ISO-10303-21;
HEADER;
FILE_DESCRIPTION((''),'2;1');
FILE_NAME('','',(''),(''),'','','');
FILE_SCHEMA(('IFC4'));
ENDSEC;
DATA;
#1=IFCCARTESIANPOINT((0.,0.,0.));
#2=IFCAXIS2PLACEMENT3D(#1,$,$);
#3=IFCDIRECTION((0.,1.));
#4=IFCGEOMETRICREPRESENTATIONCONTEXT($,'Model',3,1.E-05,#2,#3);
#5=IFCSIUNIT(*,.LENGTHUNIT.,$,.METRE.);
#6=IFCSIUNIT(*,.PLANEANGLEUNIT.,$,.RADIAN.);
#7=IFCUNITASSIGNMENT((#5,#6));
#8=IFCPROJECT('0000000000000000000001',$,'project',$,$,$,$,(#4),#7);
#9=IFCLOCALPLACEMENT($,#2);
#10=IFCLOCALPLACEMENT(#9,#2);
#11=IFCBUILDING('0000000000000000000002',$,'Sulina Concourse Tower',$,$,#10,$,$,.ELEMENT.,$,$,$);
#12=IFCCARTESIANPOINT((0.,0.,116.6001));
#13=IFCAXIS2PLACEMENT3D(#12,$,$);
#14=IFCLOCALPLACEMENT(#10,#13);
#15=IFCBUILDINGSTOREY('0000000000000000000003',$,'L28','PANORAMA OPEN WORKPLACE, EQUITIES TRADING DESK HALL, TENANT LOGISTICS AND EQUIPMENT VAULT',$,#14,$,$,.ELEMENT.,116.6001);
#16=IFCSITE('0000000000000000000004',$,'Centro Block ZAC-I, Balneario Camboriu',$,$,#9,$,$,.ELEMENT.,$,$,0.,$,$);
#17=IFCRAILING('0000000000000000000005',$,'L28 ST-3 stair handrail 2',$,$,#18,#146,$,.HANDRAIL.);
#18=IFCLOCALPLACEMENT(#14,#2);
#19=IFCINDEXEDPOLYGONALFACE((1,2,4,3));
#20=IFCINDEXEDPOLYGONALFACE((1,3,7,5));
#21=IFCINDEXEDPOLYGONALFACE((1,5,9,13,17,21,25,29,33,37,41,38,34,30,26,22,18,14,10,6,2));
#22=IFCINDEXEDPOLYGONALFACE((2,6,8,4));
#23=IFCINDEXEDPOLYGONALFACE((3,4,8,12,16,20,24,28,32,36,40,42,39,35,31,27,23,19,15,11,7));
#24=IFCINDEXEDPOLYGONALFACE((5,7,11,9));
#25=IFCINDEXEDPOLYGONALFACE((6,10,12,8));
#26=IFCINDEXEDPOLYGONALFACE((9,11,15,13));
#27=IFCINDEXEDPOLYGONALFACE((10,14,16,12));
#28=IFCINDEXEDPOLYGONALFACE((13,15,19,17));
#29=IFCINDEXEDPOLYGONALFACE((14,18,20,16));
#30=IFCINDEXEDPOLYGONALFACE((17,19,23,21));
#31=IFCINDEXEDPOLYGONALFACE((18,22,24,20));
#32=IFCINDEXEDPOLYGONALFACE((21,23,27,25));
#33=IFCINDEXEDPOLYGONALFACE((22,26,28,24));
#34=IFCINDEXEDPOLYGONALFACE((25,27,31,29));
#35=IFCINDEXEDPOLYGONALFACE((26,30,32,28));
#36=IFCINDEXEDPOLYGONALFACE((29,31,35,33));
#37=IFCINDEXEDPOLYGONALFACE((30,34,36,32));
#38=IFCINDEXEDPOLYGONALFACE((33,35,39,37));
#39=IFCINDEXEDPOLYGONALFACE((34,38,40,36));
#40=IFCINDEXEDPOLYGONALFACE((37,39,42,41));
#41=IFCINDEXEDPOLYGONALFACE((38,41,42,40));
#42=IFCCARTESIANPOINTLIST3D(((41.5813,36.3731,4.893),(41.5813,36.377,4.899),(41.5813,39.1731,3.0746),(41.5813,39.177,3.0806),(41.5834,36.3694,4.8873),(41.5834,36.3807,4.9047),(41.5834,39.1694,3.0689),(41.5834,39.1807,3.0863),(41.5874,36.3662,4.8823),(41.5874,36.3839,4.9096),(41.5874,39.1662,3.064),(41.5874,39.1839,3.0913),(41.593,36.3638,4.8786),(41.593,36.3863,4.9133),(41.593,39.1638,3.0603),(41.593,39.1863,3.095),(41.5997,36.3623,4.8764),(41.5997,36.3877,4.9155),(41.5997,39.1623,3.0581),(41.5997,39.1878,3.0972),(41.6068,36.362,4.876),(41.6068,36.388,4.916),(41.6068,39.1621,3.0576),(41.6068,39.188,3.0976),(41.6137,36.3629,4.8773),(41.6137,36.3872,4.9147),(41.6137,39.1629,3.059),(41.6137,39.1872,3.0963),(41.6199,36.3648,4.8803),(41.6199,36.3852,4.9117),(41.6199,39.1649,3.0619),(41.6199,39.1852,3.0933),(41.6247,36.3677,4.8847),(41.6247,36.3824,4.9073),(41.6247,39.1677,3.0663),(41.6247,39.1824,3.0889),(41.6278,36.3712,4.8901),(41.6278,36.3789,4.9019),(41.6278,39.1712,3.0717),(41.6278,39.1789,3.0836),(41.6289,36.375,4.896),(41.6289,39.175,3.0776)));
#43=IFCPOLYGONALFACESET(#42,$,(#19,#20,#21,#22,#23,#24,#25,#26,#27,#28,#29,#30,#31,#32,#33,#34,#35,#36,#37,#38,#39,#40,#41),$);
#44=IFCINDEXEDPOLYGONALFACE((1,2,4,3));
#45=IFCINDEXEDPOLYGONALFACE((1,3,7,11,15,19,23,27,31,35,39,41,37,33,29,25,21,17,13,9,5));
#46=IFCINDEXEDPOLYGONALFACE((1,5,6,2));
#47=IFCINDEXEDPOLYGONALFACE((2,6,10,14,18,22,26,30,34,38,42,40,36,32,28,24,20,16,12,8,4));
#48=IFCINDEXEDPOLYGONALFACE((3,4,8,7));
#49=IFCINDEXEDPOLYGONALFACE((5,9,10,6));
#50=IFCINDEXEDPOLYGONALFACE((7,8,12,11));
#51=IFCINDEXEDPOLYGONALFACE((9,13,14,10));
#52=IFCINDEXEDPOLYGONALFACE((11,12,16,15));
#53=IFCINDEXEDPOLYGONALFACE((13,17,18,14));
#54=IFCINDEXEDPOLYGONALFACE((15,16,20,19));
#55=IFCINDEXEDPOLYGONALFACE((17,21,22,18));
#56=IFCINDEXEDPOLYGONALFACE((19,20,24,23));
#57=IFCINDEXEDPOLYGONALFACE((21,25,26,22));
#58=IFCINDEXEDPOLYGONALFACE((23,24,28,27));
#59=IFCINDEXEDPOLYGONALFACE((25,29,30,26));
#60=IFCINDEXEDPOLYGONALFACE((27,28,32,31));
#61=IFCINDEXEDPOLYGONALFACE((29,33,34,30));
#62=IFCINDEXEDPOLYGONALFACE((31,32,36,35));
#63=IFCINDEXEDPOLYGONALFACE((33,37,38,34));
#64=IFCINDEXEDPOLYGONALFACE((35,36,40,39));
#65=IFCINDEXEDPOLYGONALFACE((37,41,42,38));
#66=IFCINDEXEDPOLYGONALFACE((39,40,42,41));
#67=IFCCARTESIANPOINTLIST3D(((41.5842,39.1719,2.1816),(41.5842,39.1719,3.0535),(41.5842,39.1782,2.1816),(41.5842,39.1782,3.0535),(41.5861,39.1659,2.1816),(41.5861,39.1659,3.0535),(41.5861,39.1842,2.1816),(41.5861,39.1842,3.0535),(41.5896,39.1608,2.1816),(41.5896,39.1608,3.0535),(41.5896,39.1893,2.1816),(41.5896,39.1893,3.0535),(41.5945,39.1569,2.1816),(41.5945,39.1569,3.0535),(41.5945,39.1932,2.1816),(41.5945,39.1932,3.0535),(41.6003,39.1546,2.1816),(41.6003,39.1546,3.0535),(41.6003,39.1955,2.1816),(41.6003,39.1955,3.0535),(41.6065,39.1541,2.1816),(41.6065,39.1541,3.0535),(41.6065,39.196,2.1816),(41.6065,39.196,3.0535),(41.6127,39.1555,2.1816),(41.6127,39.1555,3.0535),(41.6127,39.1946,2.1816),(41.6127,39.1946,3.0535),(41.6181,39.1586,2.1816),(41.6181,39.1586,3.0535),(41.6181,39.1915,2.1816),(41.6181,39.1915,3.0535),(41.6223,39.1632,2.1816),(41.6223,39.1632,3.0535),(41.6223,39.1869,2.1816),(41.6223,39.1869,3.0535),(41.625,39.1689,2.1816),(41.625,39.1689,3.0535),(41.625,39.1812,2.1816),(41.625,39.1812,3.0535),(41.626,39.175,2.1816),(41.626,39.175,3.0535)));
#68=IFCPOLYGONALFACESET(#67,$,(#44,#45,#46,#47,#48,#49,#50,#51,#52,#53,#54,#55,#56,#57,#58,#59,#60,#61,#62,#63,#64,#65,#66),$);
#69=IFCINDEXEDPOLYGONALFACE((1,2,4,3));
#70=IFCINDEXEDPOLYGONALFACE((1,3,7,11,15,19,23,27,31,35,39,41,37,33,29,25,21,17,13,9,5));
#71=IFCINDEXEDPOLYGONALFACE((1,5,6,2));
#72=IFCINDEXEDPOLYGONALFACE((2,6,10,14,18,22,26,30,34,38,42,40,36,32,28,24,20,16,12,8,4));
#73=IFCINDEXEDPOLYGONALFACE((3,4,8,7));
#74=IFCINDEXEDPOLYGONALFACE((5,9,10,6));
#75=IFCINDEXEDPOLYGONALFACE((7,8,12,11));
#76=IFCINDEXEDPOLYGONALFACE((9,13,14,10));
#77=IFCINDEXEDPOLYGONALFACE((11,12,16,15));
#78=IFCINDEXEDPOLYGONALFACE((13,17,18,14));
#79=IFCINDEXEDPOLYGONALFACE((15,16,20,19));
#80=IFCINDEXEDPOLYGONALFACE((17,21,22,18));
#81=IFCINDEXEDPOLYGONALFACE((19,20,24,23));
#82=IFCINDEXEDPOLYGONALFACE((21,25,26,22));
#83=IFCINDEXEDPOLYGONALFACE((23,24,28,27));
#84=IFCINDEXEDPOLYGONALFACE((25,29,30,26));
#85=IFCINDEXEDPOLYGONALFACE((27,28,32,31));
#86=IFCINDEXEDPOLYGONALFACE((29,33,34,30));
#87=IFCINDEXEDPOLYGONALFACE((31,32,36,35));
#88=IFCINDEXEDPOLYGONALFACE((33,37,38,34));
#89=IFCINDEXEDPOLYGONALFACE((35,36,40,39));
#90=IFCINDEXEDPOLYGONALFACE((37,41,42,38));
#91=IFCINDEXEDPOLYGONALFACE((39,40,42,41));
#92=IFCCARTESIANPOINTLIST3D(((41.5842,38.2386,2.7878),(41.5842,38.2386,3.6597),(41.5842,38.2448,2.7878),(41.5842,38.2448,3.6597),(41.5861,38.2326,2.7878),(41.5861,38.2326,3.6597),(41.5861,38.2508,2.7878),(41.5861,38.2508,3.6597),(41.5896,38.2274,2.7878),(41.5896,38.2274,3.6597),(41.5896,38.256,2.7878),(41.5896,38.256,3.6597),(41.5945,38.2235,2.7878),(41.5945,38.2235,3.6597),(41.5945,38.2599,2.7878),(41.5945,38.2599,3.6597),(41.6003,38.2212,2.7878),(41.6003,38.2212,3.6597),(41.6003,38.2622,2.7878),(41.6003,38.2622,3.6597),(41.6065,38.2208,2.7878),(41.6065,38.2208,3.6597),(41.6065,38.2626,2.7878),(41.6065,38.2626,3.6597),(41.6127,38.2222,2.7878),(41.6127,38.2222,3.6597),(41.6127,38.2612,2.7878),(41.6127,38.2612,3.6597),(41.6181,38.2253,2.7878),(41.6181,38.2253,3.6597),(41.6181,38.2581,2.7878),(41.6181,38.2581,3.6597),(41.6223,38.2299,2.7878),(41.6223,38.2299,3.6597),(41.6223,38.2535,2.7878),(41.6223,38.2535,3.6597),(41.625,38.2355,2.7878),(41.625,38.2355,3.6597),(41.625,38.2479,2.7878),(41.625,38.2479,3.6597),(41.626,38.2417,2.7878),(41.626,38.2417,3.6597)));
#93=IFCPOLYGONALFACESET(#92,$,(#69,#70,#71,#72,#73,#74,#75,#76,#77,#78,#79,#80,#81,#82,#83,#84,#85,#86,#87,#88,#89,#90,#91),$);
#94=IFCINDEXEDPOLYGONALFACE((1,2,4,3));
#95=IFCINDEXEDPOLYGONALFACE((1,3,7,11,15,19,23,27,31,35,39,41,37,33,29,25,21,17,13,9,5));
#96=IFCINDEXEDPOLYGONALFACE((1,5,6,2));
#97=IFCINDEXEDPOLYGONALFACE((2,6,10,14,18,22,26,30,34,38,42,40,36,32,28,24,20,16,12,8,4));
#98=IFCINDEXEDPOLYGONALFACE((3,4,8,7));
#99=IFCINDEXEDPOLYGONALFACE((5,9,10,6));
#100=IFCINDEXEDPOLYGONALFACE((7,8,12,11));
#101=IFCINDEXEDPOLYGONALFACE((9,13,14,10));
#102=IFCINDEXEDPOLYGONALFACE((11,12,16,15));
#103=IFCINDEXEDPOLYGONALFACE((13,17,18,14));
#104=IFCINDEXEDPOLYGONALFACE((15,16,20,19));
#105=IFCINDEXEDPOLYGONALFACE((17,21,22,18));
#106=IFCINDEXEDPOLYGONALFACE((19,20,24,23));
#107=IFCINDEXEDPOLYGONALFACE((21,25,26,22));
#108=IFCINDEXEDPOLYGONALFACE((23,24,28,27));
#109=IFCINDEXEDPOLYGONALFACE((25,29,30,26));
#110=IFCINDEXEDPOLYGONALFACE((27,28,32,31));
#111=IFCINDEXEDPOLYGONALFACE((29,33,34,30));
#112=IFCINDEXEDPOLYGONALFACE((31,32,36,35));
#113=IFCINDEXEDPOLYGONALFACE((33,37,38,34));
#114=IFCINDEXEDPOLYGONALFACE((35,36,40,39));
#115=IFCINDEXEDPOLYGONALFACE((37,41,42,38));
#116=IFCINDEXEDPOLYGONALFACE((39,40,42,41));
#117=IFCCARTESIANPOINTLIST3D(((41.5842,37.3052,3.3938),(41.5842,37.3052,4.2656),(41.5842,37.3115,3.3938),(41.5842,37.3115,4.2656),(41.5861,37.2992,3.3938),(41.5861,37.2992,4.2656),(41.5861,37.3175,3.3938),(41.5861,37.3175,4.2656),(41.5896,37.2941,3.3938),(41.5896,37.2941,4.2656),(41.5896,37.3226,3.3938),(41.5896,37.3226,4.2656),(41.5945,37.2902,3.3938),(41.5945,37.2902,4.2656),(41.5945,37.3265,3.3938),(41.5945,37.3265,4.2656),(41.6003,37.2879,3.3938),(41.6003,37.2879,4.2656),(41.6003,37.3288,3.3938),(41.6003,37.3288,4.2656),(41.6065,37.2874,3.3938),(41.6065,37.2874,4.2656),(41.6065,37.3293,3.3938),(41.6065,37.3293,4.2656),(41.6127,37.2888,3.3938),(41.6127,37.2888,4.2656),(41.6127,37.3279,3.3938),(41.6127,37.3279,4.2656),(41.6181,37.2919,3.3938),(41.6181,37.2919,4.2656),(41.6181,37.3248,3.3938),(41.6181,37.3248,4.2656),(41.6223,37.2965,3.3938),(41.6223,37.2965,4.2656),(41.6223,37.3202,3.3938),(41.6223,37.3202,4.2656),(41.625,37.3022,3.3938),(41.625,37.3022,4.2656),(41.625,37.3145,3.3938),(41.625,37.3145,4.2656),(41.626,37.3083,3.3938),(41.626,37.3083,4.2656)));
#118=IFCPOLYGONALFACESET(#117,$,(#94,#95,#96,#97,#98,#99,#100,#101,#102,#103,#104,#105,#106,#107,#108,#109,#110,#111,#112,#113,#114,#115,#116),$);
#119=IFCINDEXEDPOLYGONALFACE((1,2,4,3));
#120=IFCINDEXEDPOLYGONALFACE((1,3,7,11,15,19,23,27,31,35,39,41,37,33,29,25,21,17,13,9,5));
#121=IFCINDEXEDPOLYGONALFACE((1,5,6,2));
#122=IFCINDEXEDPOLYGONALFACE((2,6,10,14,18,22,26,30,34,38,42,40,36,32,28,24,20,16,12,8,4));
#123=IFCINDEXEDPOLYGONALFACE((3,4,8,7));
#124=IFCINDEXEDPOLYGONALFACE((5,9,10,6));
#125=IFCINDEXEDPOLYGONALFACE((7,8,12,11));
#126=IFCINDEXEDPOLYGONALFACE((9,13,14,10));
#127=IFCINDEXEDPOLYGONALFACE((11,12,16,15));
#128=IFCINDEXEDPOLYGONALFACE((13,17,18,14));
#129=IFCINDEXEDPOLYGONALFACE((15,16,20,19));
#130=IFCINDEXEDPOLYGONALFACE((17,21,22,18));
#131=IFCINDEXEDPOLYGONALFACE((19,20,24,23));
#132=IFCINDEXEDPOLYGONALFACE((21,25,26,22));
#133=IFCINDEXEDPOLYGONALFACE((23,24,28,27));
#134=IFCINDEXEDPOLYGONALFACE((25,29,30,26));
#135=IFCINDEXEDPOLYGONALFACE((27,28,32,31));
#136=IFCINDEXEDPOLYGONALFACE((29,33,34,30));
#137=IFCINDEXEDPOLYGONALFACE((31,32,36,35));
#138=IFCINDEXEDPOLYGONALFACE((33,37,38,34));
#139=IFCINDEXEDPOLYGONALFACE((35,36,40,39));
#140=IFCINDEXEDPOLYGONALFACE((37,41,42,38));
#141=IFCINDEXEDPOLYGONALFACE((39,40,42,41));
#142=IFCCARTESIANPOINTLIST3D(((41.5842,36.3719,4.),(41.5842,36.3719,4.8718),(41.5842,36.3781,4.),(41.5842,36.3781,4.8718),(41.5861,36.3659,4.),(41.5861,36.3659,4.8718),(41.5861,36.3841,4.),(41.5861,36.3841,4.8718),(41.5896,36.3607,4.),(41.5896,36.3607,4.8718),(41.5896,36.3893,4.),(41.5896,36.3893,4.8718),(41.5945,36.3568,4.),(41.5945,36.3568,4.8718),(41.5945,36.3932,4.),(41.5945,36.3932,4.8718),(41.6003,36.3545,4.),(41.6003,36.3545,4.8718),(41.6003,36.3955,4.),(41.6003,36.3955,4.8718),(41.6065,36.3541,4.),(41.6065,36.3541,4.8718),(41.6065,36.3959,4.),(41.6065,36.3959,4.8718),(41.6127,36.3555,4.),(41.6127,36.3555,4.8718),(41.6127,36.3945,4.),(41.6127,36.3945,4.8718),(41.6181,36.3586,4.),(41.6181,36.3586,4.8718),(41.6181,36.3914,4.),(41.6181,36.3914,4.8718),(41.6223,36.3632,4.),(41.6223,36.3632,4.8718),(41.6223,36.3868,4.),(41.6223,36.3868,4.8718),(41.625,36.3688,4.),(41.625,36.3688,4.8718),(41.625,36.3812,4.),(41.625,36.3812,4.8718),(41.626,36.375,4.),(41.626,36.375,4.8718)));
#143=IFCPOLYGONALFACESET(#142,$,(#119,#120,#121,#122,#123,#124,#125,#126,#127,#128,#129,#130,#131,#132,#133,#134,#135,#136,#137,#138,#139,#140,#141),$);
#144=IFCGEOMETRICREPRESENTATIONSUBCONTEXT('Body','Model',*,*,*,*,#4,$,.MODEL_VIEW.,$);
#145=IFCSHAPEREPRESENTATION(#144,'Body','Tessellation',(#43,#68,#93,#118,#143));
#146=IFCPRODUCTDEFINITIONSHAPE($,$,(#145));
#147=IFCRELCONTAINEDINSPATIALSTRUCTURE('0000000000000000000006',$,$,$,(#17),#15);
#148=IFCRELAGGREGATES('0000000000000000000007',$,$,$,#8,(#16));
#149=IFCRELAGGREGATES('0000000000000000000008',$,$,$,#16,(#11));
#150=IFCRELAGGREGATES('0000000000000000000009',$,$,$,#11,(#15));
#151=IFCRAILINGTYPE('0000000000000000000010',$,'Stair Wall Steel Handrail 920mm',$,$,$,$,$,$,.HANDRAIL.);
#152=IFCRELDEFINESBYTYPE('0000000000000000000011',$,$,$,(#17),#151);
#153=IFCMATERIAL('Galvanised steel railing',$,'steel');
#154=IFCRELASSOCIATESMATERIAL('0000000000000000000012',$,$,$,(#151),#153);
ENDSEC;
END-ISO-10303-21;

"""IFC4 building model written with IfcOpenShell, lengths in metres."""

from ifc_helpers import new_model, si_unit, direction, frame, origin, origin_2d, place, context, subcontext, project, spatial, circle, extrude, material, type_object, element, save


model = new_model("IFC4")

# Units and contexts
model_context = context("Model", 3, precision=1e-05, world=origin(), true_north=direction((0.0, 1.0)))
body_context = subcontext(model_context, "Body", "Model", "MODEL_VIEW")
ifc_project = project(units=[si_unit("LENGTHUNIT", "METRE"), si_unit("PLANEANGLEUNIT", "RADIAN")], contexts=[model_context])

# Site, building, storey
site_placement = place(None, origin())
site = spatial("IfcSite", under=ifc_project, at=site_placement, Name="Centro Block ZAC-I, Balneario Camboriu", CompositionType="ELEMENT", RefElevation=0.0)
building_placement = place(site_placement, origin())
building = spatial("IfcBuilding", under=site, at=building_placement, Name="Sulina Concourse Tower", CompositionType="ELEMENT")
storey_placement = place(building_placement, frame((0.0, 0.0, 116.6001)))
storey = spatial("IfcBuildingStorey", under=building, at=storey_placement, Name="L28", Description="PANORAMA OPEN WORKPLACE, EQUITIES TRADING DESK HALL, TENANT LOGISTICS AND EQUIPMENT VAULT", CompositionType="ELEMENT", Elevation=116.6001)

# Railing
ifc_material_1 = material(Name="Galvanised steel railing", Category="steel")
railing_type_1 = type_object("IfcRailingType", Name="Stair Wall Steel Handrail 920mm", PredefinedType="HANDRAIL", material=ifc_material_1)
railing_1_placement = place(storey_placement, frame((41.605, 39.175, 2.1816)))
element("IfcRailing", 1, at=railing_1_placement, inside=storey, type_object=railing_type_1, Name="L28 ST-3 stair handrail 2", PredefinedType="HANDRAIL", context=body_context, shape_type="SweptSolid", body=[
    extrude(circle(Radius=0.0239, at=origin_2d()), frame((0.0, 0.0, 0.896), z_axis=(0.0, -0.838672, 0.544636), x_axis=(1.0, 0.0, 0.0)), (0.0, 0.0, 1.0), 3.3386),
    extrude(circle(Radius=0.021, at=origin_2d()), origin(), (0.0, 0.0, 1.0), 0.8718),
    extrude(circle(Radius=0.021, at=origin_2d()), frame((0.0, -0.9333, 0.6062)), (0.0, 0.0, 1.0), 0.8718),
    extrude(circle(Radius=0.021, at=origin_2d()), frame((0.0, -1.8667, 1.2122)), (0.0, 0.0, 1.0), 0.8718),
    extrude(circle(Radius=0.021, at=origin_2d()), frame((0.0, -2.8, 1.8184)), (0.0, 0.0, 1.0), 0.8718),
])

save(model, "model.ifc")
